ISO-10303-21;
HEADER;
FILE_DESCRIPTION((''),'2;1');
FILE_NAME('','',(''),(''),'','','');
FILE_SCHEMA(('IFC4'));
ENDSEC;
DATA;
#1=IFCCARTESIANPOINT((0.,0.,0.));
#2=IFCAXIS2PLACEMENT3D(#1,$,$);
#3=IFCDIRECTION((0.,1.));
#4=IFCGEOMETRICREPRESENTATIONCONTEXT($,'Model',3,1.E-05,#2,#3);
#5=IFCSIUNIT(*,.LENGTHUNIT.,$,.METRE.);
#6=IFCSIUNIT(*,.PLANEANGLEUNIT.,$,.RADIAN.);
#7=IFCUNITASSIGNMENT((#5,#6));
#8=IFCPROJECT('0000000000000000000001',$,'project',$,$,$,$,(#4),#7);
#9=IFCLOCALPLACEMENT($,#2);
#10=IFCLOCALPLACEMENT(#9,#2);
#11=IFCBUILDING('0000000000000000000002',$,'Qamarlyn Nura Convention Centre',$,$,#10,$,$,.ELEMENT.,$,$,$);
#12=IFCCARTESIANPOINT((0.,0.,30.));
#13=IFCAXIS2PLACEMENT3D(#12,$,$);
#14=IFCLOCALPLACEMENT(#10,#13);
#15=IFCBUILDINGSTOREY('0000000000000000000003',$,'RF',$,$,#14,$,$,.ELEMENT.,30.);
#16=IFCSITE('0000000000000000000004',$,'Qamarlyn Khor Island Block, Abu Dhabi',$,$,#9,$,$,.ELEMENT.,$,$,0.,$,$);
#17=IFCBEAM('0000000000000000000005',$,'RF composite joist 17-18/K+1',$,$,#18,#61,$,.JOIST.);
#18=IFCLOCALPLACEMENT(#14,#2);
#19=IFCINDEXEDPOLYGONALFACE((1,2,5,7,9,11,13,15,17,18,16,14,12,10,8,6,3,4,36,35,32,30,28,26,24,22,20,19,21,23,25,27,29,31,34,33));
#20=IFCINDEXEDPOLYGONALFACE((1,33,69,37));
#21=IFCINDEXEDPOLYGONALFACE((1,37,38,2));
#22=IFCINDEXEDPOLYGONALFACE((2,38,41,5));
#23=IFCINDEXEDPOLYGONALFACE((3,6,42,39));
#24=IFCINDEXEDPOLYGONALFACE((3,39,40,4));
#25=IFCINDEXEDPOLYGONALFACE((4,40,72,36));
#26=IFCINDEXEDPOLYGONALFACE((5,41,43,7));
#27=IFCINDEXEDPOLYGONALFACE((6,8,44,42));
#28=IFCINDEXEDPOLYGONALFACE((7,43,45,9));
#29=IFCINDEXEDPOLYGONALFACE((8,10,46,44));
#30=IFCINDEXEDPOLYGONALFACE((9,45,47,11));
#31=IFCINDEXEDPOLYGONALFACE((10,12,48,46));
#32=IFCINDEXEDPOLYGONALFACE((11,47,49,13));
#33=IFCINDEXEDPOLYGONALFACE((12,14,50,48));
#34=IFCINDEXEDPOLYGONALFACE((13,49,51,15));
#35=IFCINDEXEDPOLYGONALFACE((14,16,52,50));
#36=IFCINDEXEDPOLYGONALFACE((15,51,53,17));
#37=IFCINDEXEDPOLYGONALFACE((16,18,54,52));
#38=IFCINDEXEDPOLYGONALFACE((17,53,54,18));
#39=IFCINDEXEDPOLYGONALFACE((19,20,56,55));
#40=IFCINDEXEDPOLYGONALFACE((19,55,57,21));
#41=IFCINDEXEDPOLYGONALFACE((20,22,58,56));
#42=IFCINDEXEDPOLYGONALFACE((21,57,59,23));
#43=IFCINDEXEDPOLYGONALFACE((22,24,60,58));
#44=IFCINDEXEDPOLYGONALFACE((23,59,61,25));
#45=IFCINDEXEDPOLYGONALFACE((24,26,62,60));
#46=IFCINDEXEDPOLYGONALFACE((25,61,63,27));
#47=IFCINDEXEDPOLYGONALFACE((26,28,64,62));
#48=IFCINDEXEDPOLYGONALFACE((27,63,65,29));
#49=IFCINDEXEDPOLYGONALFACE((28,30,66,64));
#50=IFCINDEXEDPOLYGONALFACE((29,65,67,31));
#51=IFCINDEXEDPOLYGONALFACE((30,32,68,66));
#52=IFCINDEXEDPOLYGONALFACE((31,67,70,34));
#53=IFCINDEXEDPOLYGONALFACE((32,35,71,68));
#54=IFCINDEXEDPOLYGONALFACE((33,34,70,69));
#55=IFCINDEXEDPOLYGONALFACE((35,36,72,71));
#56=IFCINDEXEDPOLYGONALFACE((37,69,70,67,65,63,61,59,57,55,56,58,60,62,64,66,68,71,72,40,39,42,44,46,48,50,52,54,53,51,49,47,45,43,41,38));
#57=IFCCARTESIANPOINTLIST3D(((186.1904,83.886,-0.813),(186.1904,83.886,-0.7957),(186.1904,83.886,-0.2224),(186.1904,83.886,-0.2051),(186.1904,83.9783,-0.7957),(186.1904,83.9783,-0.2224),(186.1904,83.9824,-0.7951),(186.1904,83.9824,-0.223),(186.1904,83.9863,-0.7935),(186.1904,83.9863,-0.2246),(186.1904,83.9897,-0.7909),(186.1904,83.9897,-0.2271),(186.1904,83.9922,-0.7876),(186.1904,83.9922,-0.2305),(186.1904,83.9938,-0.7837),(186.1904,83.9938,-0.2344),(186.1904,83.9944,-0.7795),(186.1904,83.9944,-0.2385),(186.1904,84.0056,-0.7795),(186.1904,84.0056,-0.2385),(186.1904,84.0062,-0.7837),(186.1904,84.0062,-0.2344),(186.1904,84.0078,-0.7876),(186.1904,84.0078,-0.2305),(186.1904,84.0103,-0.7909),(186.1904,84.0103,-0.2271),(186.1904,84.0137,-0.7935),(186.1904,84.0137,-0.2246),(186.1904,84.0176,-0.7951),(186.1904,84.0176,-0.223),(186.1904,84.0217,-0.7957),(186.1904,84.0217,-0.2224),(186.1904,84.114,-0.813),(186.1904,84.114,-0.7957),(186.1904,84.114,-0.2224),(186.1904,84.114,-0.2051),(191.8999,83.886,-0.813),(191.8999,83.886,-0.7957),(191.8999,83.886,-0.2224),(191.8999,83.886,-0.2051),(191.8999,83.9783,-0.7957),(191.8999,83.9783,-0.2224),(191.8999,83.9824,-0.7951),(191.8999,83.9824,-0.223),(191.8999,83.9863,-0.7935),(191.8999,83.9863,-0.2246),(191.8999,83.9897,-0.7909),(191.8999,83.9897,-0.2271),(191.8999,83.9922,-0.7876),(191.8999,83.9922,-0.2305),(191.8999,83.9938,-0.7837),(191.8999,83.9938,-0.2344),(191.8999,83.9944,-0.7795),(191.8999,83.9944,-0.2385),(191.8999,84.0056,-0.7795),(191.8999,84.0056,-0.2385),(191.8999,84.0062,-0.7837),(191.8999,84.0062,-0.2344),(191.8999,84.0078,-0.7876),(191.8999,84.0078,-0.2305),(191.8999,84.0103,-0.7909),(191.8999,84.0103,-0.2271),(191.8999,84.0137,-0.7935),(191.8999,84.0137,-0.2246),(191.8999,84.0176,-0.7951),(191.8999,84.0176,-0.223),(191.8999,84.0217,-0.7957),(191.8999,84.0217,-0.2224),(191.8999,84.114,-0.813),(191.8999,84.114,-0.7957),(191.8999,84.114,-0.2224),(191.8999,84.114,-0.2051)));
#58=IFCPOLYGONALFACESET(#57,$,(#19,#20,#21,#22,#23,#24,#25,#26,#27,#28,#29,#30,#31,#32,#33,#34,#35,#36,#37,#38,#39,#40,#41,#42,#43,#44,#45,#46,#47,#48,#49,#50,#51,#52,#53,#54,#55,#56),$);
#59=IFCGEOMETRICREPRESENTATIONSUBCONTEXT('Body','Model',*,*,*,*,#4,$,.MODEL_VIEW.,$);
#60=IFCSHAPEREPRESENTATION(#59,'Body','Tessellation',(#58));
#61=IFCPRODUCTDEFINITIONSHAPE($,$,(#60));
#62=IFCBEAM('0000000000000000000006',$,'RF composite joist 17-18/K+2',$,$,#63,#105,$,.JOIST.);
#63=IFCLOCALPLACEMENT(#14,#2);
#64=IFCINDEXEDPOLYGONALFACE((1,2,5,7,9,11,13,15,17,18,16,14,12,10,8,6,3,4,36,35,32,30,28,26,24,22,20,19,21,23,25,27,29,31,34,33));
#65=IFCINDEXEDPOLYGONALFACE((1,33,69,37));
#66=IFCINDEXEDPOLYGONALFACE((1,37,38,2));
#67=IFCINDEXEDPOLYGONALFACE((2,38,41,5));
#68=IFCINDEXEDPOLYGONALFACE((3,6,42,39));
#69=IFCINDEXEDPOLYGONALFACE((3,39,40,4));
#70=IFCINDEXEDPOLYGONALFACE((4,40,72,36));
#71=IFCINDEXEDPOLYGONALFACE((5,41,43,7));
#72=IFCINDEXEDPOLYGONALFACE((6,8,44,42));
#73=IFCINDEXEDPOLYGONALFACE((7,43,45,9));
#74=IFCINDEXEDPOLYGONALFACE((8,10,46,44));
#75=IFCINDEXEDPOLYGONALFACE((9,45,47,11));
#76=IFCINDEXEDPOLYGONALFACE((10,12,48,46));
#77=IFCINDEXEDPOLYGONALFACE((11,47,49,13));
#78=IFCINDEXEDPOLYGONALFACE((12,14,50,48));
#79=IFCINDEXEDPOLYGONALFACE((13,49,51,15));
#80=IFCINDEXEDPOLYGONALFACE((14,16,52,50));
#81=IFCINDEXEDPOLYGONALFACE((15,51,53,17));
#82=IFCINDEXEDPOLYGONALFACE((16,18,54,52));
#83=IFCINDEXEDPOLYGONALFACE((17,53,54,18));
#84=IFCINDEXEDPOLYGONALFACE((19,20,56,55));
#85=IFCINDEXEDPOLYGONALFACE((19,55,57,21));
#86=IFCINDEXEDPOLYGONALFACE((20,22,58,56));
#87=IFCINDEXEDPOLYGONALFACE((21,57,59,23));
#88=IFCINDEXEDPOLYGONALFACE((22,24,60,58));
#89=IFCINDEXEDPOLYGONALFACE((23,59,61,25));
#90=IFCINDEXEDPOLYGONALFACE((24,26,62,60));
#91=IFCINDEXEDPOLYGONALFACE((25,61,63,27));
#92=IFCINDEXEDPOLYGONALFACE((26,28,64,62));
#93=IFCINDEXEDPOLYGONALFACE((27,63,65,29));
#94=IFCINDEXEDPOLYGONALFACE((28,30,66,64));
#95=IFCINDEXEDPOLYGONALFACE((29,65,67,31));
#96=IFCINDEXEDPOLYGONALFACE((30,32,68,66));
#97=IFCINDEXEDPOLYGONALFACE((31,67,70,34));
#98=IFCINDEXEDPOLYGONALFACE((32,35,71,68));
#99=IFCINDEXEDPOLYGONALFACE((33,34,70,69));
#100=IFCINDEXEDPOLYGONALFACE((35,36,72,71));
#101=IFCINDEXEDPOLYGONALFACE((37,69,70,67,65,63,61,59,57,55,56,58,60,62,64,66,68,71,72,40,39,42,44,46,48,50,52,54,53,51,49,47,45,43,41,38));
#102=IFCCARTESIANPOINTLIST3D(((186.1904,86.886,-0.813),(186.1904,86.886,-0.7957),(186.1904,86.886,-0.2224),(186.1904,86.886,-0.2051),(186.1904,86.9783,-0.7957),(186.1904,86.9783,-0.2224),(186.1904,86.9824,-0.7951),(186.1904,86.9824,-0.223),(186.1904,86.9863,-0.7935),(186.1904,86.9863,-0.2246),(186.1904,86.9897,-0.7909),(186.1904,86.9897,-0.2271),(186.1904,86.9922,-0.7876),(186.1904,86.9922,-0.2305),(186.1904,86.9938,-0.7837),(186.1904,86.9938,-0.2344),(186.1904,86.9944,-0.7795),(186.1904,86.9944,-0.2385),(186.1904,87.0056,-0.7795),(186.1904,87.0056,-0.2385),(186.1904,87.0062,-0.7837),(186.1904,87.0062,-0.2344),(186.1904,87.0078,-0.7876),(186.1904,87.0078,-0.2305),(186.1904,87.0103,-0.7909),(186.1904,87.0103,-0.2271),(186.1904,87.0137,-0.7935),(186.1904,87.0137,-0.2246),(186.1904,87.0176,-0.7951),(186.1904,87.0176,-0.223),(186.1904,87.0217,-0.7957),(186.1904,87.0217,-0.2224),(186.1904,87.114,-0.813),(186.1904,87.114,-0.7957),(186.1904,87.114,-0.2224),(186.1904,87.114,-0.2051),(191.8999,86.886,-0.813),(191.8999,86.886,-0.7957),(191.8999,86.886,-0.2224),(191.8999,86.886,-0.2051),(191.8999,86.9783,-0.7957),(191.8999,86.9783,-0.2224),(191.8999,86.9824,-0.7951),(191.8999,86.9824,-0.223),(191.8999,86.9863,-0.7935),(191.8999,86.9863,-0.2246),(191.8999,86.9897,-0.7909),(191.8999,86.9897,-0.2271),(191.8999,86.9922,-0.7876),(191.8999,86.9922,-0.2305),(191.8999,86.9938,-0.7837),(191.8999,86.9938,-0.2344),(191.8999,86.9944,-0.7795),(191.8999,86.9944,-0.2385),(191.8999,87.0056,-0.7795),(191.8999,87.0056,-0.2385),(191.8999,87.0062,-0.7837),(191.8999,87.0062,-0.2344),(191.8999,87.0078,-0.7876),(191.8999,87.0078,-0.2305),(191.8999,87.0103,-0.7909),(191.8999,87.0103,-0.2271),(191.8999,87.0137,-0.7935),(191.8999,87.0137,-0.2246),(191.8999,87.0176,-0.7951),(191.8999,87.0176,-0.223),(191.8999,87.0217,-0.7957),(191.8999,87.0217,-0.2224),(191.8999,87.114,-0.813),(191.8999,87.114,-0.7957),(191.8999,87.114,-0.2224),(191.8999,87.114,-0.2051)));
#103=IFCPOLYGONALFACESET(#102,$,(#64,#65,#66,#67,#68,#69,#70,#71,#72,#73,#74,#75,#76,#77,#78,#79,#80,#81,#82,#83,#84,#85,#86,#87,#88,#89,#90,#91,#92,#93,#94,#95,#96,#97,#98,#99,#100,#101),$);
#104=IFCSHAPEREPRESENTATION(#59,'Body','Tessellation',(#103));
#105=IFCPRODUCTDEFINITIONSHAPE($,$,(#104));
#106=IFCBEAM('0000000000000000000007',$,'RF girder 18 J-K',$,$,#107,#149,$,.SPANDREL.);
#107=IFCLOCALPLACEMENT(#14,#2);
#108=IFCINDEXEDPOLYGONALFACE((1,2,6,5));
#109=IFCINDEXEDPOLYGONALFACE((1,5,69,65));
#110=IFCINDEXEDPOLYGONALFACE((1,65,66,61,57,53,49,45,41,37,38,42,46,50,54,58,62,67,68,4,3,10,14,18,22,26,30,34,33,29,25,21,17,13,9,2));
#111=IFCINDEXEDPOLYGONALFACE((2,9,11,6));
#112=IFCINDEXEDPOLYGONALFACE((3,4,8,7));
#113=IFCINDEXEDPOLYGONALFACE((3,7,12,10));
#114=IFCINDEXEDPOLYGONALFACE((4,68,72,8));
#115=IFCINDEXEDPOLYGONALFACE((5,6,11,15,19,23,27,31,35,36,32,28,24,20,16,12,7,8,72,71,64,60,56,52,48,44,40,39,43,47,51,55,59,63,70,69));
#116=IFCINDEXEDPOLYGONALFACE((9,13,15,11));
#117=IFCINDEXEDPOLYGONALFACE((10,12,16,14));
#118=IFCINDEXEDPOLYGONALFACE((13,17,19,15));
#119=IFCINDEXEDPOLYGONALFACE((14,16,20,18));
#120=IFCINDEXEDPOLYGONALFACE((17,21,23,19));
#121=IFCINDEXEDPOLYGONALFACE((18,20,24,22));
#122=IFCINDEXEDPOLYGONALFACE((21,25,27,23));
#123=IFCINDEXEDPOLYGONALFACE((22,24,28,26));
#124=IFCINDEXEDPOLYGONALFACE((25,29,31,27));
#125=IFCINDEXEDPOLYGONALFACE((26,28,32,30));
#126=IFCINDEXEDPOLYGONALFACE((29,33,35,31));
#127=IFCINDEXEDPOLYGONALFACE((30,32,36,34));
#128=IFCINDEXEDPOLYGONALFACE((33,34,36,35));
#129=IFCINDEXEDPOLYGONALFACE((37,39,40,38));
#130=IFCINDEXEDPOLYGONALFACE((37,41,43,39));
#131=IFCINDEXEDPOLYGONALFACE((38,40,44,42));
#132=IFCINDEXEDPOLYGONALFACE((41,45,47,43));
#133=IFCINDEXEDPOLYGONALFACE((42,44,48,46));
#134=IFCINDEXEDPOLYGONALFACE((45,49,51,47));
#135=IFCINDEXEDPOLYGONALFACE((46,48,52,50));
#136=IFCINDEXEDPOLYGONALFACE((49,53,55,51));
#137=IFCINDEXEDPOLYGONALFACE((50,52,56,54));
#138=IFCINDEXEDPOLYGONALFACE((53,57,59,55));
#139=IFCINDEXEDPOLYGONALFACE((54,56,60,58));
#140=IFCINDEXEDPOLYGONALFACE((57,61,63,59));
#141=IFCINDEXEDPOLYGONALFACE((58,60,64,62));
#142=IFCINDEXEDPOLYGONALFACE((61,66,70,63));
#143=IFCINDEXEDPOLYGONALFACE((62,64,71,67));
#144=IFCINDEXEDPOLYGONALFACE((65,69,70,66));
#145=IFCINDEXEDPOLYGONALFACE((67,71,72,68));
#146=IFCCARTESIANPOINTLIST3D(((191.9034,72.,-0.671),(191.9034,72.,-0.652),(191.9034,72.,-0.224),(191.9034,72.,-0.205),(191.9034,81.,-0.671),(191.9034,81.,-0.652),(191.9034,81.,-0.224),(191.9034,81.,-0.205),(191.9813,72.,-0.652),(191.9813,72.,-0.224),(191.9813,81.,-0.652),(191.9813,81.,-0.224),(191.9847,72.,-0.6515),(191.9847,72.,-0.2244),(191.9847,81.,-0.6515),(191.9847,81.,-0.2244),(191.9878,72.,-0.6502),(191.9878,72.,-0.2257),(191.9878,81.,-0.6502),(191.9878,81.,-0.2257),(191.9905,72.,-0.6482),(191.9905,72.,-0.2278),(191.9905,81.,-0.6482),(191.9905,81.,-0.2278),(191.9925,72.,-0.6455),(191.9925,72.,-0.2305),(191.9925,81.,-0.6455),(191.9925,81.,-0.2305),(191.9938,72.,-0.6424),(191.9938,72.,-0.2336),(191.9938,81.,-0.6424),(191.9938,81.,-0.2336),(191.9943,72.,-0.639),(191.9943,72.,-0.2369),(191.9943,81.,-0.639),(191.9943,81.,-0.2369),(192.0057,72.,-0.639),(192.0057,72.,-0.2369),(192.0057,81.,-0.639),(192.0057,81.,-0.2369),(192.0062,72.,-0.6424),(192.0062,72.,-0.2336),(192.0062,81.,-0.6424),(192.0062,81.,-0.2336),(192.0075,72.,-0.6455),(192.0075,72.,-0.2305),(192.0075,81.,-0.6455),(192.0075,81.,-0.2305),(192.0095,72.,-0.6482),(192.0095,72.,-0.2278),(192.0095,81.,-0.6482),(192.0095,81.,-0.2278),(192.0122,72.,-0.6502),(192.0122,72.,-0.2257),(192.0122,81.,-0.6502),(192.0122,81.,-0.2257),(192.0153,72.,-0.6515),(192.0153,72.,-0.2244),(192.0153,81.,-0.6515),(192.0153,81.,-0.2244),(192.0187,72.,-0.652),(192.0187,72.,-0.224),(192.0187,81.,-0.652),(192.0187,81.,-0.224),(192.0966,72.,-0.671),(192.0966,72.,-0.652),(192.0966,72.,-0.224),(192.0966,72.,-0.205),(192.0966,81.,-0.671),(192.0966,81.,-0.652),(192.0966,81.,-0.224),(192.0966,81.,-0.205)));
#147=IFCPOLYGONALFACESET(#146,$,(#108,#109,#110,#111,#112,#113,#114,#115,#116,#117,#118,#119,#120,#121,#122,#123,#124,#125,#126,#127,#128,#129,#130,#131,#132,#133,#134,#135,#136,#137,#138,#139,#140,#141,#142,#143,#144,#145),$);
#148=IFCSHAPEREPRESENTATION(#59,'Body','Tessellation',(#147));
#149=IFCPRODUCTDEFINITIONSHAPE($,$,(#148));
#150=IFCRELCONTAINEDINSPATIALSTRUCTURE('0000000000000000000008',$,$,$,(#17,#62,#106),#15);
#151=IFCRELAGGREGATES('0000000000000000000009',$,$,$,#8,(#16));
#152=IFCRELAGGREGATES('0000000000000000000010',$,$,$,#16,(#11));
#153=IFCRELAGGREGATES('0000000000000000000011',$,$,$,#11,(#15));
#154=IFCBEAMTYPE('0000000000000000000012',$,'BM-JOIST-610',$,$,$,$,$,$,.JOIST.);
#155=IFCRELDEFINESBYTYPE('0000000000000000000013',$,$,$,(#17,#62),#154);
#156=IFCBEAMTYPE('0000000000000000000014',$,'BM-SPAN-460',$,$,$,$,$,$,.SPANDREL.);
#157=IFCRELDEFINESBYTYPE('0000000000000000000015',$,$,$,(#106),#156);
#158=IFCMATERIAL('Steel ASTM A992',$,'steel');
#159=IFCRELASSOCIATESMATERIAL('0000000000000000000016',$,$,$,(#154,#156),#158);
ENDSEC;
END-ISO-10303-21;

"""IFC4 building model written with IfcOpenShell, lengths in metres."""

from ifc_helpers import new_model, si_unit, direction, frame, origin, origin_2d, place, context, subcontext, project, spatial, i_section, extrude, material, material_profile, profile_set, type_object, element, save


model = new_model("IFC4")

# Units and contexts
model_context = context("Model", 3, precision=1e-05, world=origin(), true_north=direction((0.0, 1.0)))
body_context = subcontext(model_context, "Body", "Model", "MODEL_VIEW")
ifc_project = project(units=[si_unit("LENGTHUNIT", "METRE"), si_unit("PLANEANGLEUNIT", "RADIAN")], contexts=[model_context])

# Site, building, storey
site_placement = place(None, origin())
site = spatial("IfcSite", under=ifc_project, at=site_placement, Name="Qamarlyn Khor Island Block, Abu Dhabi", CompositionType="ELEMENT", RefElevation=0.0)
building_placement = place(site_placement, origin())
building = spatial("IfcBuilding", under=site, at=building_placement, Name="Qamarlyn Nura Convention Centre", CompositionType="ELEMENT")
storey_placement = place(building_placement, frame((0.0, 0.0, 30.0)))
storey = spatial("IfcBuildingStorey", under=building, at=storey_placement, Name="RF", CompositionType="ELEMENT", Elevation=30.0)

# Beams
ifc_material_1 = material(Name="Steel ASTM A992", Category="steel")
ifc_material_profile_1 = material_profile(ifc_material_1, i_section(OverallWidth=0.228, OverallDepth=0.6079, WebThickness=0.0112, FlangeThickness=0.0173, FilletRadius=0.0161, at=origin_2d()), Name="W610X113")
ifc_profile_set_1 = profile_set([ifc_material_profile_1], Name="Steel ASTM A992")
beam_type_1 = type_object("IfcBeamType", Name="BM-JOIST-610", PredefinedType="JOIST", material=ifc_profile_set_1)
for number, where, z_axis, x_axis, name in (
    (1, (186.1904, 84.0, -0.509), (1.0, 0.0, 0.0), (0.0, 1.0, 0.0), "RF composite joist 17-18/K+1"),
    (2, (186.1904, 87.0, -0.509), (1.0, 0.0, 0.0), (0.0, 1.0, 0.0), "RF composite joist 17-18/K+2"),
):
    element("IfcBeam", number, at=place(storey_placement, frame(where, z_axis=z_axis, x_axis=x_axis)), inside=storey, type_object=beam_type_1, Name=name, PredefinedType="JOIST", context=body_context, shape_type="SweptSolid", body=[
        extrude(i_section(OverallWidth=0.228, OverallDepth=0.6079, WebThickness=0.0112, FlangeThickness=0.0173, FilletRadius=0.0161, at=origin_2d()), origin(), (0.0, 0.0, 1.0), 5.7095),
    ])
ifc_material_profile_2 = material_profile(ifc_material_1, i_section(OverallWidth=0.1931, OverallDepth=0.4661, WebThickness=0.0115, FlangeThickness=0.019, FilletRadius=0.0129, at=origin_2d()), Name="W460X97")
ifc_profile_set_2 = profile_set([ifc_material_profile_2], Name="Steel ASTM A992")
beam_type_2 = type_object("IfcBeamType", Name="BM-SPAN-460", PredefinedType="SPANDREL", material=ifc_profile_set_2)
beam_1_placement = place(storey_placement, frame((192.0, 72.0, -0.438), z_axis=(0.0, 1.0, 0.0), x_axis=(-1.0, 0.0, 0.0)))
element("IfcBeam", 3, at=beam_1_placement, inside=storey, type_object=beam_type_2, Name="RF girder 18 J-K", PredefinedType="SPANDREL", context=body_context, shape_type="SweptSolid", body=[
    extrude(i_section(OverallWidth=0.1931, OverallDepth=0.4661, WebThickness=0.0115, FlangeThickness=0.019, FilletRadius=0.0129, at=origin_2d()), origin(), (0.0, 0.0, 1.0), 9.0),
])

save(model, "model.ifc")
